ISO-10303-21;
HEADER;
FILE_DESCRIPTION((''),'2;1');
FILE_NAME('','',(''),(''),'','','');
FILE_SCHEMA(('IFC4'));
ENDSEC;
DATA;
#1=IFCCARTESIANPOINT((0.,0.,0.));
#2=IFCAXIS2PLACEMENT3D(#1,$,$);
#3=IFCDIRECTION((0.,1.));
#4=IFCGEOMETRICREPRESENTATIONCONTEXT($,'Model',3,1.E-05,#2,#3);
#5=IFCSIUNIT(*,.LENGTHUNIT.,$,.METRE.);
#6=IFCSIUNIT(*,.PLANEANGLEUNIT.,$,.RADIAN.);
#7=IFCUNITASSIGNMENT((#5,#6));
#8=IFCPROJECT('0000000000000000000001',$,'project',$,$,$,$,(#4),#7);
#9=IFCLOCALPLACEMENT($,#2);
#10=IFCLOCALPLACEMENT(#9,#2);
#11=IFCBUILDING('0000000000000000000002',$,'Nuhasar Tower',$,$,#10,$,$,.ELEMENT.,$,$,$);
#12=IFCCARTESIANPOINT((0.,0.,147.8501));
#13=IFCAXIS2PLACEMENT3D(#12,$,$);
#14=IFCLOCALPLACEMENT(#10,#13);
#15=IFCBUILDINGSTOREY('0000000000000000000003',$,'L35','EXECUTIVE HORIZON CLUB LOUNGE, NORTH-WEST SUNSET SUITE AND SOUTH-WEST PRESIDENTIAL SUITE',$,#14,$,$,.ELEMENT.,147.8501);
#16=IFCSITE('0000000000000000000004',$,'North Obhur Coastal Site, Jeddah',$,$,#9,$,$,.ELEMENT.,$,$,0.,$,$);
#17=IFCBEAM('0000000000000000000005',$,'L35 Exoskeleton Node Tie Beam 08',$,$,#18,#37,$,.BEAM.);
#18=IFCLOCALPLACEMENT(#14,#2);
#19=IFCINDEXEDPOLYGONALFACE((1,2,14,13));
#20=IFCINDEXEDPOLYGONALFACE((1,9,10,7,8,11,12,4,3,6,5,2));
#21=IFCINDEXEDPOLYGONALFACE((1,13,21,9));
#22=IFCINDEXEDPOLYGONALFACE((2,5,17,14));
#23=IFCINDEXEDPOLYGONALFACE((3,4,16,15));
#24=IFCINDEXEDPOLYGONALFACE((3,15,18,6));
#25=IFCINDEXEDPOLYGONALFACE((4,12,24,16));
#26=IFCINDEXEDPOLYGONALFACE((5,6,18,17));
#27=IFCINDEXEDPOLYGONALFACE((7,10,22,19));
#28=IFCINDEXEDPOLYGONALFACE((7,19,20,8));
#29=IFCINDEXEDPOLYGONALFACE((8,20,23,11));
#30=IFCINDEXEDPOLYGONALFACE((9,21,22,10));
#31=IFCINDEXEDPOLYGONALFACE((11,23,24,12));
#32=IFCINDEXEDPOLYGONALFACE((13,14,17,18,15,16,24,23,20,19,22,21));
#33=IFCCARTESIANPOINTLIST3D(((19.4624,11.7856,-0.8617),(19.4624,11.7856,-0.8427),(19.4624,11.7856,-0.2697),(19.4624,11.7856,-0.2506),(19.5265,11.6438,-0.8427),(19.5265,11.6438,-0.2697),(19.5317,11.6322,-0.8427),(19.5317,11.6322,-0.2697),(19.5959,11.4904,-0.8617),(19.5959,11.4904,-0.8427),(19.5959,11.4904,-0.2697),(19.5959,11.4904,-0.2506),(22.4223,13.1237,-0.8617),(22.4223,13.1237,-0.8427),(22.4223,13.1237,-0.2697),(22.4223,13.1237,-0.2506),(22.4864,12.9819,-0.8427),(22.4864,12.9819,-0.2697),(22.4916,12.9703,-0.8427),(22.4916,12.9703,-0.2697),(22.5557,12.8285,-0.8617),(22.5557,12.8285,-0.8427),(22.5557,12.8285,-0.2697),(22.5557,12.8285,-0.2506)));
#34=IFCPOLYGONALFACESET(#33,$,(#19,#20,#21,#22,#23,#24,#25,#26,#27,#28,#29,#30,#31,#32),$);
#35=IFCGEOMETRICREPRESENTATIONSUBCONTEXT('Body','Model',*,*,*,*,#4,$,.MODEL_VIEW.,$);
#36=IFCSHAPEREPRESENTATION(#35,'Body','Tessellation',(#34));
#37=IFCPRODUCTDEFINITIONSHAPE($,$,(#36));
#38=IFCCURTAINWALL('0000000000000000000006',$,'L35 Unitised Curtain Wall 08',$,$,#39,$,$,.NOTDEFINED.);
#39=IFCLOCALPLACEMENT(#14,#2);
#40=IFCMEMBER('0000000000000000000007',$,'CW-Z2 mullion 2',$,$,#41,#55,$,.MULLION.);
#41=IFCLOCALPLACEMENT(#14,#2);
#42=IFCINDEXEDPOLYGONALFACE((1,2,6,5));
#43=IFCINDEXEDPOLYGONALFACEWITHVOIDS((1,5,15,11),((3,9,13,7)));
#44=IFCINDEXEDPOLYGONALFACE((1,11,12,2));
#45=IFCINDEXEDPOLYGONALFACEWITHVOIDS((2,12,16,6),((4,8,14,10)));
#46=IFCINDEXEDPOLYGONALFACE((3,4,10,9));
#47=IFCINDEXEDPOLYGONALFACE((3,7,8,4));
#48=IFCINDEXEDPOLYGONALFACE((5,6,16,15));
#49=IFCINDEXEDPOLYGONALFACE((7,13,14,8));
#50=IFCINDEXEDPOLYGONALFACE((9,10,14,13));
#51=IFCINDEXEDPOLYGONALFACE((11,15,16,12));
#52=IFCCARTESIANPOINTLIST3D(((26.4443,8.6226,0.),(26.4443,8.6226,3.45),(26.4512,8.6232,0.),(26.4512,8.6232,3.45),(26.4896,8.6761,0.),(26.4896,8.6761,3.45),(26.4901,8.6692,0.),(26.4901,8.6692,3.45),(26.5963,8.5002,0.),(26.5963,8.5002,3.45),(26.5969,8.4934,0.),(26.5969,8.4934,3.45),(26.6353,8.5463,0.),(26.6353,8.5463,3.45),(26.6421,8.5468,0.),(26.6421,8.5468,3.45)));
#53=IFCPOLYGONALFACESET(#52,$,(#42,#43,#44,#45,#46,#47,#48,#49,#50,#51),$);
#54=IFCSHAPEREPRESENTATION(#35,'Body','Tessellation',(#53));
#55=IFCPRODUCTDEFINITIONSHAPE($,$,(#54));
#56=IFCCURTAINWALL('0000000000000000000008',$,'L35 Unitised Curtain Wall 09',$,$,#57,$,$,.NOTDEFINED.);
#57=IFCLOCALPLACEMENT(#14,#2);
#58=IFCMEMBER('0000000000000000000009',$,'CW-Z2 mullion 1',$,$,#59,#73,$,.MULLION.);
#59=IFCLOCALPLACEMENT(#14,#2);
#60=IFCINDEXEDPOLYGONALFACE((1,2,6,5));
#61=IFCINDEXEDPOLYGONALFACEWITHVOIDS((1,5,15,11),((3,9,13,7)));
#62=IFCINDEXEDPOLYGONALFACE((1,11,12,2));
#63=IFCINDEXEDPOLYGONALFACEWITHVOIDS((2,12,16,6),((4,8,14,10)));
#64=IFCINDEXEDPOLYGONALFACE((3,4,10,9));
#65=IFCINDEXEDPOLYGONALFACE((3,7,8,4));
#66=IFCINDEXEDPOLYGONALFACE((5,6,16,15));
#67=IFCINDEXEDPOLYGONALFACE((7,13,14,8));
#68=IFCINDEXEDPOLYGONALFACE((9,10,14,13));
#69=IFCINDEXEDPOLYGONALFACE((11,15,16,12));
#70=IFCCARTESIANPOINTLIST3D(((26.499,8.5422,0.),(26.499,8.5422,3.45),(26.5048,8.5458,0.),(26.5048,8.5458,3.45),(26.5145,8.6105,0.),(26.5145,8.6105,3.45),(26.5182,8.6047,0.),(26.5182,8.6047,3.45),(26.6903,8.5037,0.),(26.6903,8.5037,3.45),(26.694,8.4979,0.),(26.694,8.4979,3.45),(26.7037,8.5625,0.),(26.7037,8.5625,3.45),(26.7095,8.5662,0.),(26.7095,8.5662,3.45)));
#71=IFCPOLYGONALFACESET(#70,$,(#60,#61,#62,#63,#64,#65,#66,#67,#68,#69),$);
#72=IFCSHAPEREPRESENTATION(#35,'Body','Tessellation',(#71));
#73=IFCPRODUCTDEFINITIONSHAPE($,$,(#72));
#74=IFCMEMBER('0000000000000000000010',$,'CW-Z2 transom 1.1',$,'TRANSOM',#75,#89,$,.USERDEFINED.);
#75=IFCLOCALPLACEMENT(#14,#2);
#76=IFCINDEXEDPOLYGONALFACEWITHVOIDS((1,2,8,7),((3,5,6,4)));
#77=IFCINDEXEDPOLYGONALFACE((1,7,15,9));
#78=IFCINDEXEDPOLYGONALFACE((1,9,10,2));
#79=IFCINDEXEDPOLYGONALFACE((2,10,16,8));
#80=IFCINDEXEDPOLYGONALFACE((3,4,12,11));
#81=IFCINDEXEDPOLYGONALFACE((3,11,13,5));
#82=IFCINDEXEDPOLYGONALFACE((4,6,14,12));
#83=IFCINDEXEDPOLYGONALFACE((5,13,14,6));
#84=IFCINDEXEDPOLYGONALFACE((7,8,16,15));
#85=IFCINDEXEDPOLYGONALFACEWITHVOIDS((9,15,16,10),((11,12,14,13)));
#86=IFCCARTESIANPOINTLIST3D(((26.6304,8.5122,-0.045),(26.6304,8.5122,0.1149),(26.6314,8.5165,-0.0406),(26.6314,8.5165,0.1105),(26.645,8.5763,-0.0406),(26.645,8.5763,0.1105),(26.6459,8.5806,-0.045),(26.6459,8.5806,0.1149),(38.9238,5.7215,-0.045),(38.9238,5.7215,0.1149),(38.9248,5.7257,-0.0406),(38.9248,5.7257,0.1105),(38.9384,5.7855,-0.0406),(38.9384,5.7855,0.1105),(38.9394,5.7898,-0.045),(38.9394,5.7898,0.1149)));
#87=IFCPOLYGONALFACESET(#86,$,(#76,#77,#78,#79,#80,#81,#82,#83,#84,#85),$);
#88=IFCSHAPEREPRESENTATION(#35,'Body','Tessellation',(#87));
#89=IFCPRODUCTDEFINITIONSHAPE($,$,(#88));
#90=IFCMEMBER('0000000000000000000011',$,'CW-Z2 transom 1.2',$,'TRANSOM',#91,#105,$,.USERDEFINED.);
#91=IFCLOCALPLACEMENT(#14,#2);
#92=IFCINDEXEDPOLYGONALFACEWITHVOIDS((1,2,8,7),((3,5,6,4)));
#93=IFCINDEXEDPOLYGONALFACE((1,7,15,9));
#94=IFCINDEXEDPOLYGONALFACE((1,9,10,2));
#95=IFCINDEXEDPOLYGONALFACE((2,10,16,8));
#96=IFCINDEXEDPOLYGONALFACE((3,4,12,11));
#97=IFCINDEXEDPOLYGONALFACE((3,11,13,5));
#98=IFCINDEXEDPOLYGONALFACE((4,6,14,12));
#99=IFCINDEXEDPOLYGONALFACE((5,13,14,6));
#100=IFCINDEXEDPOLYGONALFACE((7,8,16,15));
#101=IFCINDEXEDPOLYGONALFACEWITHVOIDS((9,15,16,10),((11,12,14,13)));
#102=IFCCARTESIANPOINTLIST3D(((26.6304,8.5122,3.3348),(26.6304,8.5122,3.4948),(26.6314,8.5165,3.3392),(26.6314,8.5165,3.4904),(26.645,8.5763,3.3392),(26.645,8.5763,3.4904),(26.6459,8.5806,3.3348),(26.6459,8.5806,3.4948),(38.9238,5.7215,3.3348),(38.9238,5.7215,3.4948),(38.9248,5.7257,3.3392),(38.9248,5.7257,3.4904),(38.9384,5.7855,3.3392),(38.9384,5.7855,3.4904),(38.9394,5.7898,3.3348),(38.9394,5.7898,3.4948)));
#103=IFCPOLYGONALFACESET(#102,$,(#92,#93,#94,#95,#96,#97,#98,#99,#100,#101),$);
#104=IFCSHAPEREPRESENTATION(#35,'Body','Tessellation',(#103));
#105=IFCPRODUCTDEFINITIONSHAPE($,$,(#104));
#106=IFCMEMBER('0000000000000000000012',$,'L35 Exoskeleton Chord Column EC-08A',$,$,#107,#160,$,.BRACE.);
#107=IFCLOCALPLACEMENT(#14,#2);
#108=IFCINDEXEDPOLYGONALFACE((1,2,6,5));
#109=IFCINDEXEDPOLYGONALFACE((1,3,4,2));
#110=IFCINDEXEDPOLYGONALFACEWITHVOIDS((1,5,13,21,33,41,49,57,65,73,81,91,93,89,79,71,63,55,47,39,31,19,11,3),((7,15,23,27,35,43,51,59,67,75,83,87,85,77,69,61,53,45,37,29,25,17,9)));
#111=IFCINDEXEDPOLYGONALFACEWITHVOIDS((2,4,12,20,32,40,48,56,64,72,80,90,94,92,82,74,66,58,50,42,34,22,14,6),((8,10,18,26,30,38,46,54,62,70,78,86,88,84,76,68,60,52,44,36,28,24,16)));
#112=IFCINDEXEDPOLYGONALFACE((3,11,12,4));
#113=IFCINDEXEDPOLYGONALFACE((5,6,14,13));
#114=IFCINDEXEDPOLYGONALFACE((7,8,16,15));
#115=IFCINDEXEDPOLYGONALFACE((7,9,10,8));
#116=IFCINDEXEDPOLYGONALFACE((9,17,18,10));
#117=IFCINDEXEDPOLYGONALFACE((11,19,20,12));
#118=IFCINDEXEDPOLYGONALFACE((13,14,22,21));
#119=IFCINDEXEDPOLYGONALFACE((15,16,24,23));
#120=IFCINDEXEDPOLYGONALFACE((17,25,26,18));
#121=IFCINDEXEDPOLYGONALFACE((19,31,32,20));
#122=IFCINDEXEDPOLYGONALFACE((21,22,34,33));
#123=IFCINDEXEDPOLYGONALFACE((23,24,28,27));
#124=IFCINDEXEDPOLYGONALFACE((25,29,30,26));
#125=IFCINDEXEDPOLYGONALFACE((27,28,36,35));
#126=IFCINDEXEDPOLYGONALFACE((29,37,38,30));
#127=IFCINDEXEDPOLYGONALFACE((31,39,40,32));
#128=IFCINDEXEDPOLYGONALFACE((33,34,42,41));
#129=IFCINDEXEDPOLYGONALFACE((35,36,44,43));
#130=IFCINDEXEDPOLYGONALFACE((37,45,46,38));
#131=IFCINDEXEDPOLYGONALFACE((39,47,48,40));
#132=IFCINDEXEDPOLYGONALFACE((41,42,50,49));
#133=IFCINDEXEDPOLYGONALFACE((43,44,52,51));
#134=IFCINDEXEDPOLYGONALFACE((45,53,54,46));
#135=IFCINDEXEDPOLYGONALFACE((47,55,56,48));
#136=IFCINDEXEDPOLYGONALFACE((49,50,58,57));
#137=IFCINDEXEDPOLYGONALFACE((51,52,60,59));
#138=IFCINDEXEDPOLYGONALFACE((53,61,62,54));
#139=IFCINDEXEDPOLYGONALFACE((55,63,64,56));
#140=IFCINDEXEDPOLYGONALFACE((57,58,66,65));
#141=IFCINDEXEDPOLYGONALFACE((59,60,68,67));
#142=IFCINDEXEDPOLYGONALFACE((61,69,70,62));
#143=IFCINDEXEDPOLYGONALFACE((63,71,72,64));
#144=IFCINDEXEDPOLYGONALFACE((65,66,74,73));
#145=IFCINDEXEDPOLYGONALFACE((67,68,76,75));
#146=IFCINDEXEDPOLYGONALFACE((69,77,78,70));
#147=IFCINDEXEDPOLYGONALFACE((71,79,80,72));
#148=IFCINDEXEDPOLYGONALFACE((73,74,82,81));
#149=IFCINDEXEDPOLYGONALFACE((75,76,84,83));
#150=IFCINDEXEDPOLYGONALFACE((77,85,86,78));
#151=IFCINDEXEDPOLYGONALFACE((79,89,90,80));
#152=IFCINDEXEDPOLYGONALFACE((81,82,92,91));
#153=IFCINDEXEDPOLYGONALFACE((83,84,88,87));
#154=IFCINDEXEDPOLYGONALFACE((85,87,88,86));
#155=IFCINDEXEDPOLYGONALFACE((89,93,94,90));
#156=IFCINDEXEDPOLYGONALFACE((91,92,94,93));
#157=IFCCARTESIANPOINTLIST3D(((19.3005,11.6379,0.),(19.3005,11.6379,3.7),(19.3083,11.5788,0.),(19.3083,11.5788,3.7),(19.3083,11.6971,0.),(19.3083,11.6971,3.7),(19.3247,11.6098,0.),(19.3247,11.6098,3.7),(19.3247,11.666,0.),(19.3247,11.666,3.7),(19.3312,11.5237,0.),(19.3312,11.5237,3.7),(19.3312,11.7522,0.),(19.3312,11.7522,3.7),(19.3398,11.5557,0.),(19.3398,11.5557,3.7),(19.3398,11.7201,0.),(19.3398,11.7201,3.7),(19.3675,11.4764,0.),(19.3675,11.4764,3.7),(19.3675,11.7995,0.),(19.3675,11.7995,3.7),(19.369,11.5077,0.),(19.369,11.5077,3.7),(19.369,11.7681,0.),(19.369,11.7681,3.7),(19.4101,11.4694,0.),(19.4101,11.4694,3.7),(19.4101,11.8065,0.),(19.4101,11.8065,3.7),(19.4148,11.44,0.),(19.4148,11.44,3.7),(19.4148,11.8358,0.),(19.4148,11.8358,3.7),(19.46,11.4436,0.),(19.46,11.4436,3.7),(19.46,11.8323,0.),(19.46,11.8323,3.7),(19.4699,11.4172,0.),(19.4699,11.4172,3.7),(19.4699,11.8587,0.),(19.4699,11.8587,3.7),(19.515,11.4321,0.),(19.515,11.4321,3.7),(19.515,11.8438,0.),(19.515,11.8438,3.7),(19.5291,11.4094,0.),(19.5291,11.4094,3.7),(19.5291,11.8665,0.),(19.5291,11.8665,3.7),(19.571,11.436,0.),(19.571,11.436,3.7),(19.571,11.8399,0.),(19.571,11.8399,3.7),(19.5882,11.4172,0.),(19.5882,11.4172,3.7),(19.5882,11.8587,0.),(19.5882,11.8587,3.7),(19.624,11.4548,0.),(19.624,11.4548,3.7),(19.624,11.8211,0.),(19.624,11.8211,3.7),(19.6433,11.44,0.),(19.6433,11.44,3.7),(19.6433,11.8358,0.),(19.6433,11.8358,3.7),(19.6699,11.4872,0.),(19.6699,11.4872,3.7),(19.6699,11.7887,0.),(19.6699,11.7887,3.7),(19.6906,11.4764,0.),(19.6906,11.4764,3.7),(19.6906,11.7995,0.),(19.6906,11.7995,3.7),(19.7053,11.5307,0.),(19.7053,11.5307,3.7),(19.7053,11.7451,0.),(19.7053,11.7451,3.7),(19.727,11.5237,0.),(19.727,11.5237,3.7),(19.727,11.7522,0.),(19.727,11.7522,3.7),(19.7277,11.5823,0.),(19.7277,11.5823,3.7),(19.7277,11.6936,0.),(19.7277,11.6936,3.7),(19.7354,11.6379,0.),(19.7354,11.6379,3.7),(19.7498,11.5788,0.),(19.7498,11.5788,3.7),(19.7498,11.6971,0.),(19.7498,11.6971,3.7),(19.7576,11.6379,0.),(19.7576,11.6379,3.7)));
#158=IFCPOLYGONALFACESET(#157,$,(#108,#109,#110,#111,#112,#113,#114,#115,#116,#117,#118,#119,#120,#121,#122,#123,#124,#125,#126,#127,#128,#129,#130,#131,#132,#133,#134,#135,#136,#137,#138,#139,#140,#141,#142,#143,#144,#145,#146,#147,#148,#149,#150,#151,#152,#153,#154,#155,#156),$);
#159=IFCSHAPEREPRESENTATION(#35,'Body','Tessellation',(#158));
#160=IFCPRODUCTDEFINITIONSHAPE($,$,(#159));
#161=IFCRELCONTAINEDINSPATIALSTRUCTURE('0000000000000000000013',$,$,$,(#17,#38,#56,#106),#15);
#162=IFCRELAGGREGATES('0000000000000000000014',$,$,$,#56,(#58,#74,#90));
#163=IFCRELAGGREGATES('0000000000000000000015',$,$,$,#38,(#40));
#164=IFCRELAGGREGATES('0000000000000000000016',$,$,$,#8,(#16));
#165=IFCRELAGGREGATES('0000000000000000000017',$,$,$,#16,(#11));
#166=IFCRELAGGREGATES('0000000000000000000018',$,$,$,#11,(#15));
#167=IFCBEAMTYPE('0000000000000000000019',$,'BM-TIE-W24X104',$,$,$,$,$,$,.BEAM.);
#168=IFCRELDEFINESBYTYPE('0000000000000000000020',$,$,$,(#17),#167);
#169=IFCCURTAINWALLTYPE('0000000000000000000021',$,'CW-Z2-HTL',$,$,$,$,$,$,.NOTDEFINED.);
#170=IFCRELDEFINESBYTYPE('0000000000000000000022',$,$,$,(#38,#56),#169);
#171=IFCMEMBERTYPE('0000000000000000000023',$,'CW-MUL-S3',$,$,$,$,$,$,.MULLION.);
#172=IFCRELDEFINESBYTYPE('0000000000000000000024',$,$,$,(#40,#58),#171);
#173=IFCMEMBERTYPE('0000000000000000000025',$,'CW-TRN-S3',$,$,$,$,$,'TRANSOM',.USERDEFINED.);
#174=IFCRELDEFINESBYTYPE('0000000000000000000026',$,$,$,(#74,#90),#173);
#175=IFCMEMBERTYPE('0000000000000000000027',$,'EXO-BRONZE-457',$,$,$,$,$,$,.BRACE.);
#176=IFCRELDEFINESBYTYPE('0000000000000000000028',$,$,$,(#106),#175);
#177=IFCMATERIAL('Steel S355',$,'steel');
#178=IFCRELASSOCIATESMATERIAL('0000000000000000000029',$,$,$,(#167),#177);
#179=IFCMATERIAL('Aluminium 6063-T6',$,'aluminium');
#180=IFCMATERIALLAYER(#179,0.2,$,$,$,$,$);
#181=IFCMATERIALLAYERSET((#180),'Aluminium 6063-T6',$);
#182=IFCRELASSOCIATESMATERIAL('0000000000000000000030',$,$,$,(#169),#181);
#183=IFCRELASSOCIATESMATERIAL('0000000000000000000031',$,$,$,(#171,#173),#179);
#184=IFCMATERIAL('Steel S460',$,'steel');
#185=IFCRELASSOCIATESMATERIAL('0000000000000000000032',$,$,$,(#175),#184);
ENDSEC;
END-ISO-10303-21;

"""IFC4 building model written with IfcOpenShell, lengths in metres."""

from ifc_helpers import new_model, si_unit, direction, frame, origin, origin_2d, place, context, subcontext, project, spatial, hollow_rectangle, hollow_circle, i_section, extrude, material, layer, layer_set, material_profile, profile_set, type_object, element, aggregate, save


model = new_model("IFC4")

# Units and contexts
model_context = context("Model", 3, precision=1e-05, world=origin(), true_north=direction((0.0, 1.0)))
body_context = subcontext(model_context, "Body", "Model", "MODEL_VIEW")
ifc_project = project(units=[si_unit("LENGTHUNIT", "METRE"), si_unit("PLANEANGLEUNIT", "RADIAN")], contexts=[model_context])

# Site, building, storey
site_placement = place(None, origin())
site = spatial("IfcSite", under=ifc_project, at=site_placement, Name="North Obhur Coastal Site, Jeddah", CompositionType="ELEMENT", RefElevation=0.0)
building_placement = place(site_placement, origin())
building = spatial("IfcBuilding", under=site, at=building_placement, Name="Nuhasar Tower", CompositionType="ELEMENT")
storey_placement = place(building_placement, frame((0.0, 0.0, 147.8501)))
storey = spatial("IfcBuildingStorey", under=building, at=storey_placement, Name="L35", Description="EXECUTIVE HORIZON CLUB LOUNGE, NORTH-WEST SUNSET SUITE AND SOUTH-WEST PRESIDENTIAL SUITE", CompositionType="ELEMENT", Elevation=147.8501)

# Beam
ifc_material_1 = material(Name="Steel S355", Category="steel")
ifc_material_profile_1 = material_profile(ifc_material_1, i_section(OverallWidth=0.324, OverallDepth=0.6111, WebThickness=0.0127, FlangeThickness=0.019, at=origin_2d()), Name="W24X104")
ifc_profile_set_1 = profile_set([ifc_material_profile_1], Name="Steel S355")
beam_type_1 = type_object("IfcBeamType", Name="BM-TIE-W24X104", PredefinedType="BEAM", material=ifc_profile_set_1)
beam_1_placement = place(storey_placement, frame((22.489, 12.9761, -0.5562), z_axis=(-0.911211, -0.411939, 0.0), x_axis=(0.411939, -0.911211, 0.0)))
element("IfcBeam", 1, at=beam_1_placement, inside=storey, type_object=beam_type_1, Name="L35 Exoskeleton Node Tie Beam 08", PredefinedType="BEAM", context=body_context, shape_type="SweptSolid", body=[
    extrude(i_section(OverallWidth=0.324, OverallDepth=0.6111, WebThickness=0.0127, FlangeThickness=0.019, at=origin_2d()), origin(), (0.0, 0.0, 1.0), 3.2483),
])

# Curtain wall, member
ifc_material_2 = material(Name="Aluminium 6063-T6", Category="aluminium")
ifc_layer_1 = layer(ifc_material_2, 0.2)
ifc_layer_set_1 = layer_set([ifc_layer_1], Name="Aluminium 6063-T6")
curtain_wall_type = type_object("IfcCurtainWallType", Name="CW-Z2-HTL", PredefinedType="NOTDEFINED", material=ifc_layer_set_1)
curtain_wall_1_placement = place(storey_placement, origin())
curtain_wall_1 = element("IfcCurtainWall", 2, at=curtain_wall_1_placement, inside=storey, type_object=curtain_wall_type, Name="L35 Unitised Curtain Wall 08", PredefinedType="NOTDEFINED")
ifc_material_profile_2 = material_profile(ifc_material_2, hollow_rectangle(XDim=0.0701, YDim=0.2, WallThickness=0.0049, at=origin_2d()), Name="CWM-3")
ifc_profile_set_2 = profile_set([ifc_material_profile_2], Name="Aluminium 6063-T6")
member_type_1 = type_object("IfcMemberType", Name="CW-MUL-S3", PredefinedType="MULLION", material=ifc_profile_set_2)
member_1_placement = place(storey_placement, frame((26.5432, 8.5847, 0.0), z_axis=(0.0, 0.0, 1.0), x_axis=(0.646374, 0.76302, 0.0)))
member_1 = element("IfcMember", 3, at=member_1_placement, type_object=member_type_1, Name="CW-Z2 mullion 2", PredefinedType="MULLION", context=body_context, shape_type="SweptSolid", body=[
    extrude(hollow_rectangle(XDim=0.0701, YDim=0.2, WallThickness=0.0049, at=origin_2d()), origin(), (0.0, 0.0, 1.0), 3.45),
])

# Curtain wall, members
curtain_wall_2_placement = place(storey_placement, origin())
curtain_wall_2 = element("IfcCurtainWall", 4, at=curtain_wall_2_placement, inside=storey, type_object=curtain_wall_type, Name="L35 Unitised Curtain Wall 09", PredefinedType="NOTDEFINED")
member_2_placement = place(storey_placement, frame((26.6042, 8.5542, 0.0), z_axis=(0.0, 0.0, 1.0), x_axis=(0.221397, 0.975184, 0.0)))
member_2 = element("IfcMember", 5, at=member_2_placement, type_object=member_type_1, Name="CW-Z2 mullion 1", PredefinedType="MULLION", context=body_context, shape_type="SweptSolid", body=[
    extrude(hollow_rectangle(XDim=0.0701, YDim=0.2, WallThickness=0.0049, at=origin_2d()), origin(), (0.0, 0.0, 1.0), 3.45),
])
ifc_material_profile_3 = material_profile(ifc_material_2, hollow_rectangle(XDim=0.0701, YDim=0.1599, WallThickness=0.0044, at=origin_2d()), Name="CWT-3")
ifc_profile_set_3 = profile_set([ifc_material_profile_3], Name="Aluminium 6063-T6")
member_type_2 = type_object("IfcMemberType", Name="CW-TRN-S3", ElementType="TRANSOM", PredefinedType="USERDEFINED", material=ifc_profile_set_3)
member_3_placement = place(storey_placement, frame((26.6382, 8.5464, 0.0349), z_axis=(0.975188, -0.22138, 0.0), x_axis=(0.22138, 0.975188, 0.0)))
member_3 = element("IfcMember", 6, at=member_3_placement, type_object=member_type_2, Name="CW-Z2 transom 1.1", ObjectType="TRANSOM", PredefinedType="USERDEFINED", context=body_context, shape_type="SweptSolid", body=[
    extrude(hollow_rectangle(XDim=0.0701, YDim=0.1599, WallThickness=0.0044, at=origin_2d()), origin(), (0.0, 0.0, 1.0), 12.6062),
])
member_4_placement = place(storey_placement, frame((26.6382, 8.5464, 3.4148), z_axis=(0.975188, -0.22138, 0.0), x_axis=(0.22138, 0.975188, 0.0)))
member_4 = element("IfcMember", 7, at=member_4_placement, type_object=member_type_2, Name="CW-Z2 transom 1.2", ObjectType="TRANSOM", PredefinedType="USERDEFINED", context=body_context, shape_type="SweptSolid", body=[
    extrude(hollow_rectangle(XDim=0.0701, YDim=0.1599, WallThickness=0.0044, at=origin_2d()), origin(), (0.0, 0.0, 1.0), 12.6062),
])
aggregate(curtain_wall_2, [member_2, member_3, member_4])

# Member
ifc_material_3 = material(Name="Steel S460", Category="steel")
ifc_material_profile_4 = material_profile(ifc_material_3, hollow_circle(Radius=0.2285, WallThickness=0.0222, at=origin_2d()), Name="HSS457X22.2")
ifc_profile_set_4 = profile_set([ifc_material_profile_4], Name="Steel S460")
member_type_3 = type_object("IfcMemberType", Name="EXO-BRONZE-457", PredefinedType="BRACE", material=ifc_profile_set_4)
for number, where, z_axis, x_axis, name in (
    (8, (19.5291, 11.6379, 0.0), (0.0, 0.0, 1.0), (1.0, 0.0, 0.0), "L35 Exoskeleton Chord Column EC-08A"),
):
    element("IfcMember", number, at=place(storey_placement, frame(where, z_axis=z_axis, x_axis=x_axis)), inside=storey, type_object=member_type_3, Name=name, PredefinedType="BRACE", context=body_context, shape_type="SweptSolid", body=[
        extrude(hollow_circle(Radius=0.2285, WallThickness=0.0222, at=origin_2d()), origin(), (0.0, 0.0, 1.0), 3.7),
    ])

aggregate(curtain_wall_1, [member_1])

save(model, "model.ifc")
